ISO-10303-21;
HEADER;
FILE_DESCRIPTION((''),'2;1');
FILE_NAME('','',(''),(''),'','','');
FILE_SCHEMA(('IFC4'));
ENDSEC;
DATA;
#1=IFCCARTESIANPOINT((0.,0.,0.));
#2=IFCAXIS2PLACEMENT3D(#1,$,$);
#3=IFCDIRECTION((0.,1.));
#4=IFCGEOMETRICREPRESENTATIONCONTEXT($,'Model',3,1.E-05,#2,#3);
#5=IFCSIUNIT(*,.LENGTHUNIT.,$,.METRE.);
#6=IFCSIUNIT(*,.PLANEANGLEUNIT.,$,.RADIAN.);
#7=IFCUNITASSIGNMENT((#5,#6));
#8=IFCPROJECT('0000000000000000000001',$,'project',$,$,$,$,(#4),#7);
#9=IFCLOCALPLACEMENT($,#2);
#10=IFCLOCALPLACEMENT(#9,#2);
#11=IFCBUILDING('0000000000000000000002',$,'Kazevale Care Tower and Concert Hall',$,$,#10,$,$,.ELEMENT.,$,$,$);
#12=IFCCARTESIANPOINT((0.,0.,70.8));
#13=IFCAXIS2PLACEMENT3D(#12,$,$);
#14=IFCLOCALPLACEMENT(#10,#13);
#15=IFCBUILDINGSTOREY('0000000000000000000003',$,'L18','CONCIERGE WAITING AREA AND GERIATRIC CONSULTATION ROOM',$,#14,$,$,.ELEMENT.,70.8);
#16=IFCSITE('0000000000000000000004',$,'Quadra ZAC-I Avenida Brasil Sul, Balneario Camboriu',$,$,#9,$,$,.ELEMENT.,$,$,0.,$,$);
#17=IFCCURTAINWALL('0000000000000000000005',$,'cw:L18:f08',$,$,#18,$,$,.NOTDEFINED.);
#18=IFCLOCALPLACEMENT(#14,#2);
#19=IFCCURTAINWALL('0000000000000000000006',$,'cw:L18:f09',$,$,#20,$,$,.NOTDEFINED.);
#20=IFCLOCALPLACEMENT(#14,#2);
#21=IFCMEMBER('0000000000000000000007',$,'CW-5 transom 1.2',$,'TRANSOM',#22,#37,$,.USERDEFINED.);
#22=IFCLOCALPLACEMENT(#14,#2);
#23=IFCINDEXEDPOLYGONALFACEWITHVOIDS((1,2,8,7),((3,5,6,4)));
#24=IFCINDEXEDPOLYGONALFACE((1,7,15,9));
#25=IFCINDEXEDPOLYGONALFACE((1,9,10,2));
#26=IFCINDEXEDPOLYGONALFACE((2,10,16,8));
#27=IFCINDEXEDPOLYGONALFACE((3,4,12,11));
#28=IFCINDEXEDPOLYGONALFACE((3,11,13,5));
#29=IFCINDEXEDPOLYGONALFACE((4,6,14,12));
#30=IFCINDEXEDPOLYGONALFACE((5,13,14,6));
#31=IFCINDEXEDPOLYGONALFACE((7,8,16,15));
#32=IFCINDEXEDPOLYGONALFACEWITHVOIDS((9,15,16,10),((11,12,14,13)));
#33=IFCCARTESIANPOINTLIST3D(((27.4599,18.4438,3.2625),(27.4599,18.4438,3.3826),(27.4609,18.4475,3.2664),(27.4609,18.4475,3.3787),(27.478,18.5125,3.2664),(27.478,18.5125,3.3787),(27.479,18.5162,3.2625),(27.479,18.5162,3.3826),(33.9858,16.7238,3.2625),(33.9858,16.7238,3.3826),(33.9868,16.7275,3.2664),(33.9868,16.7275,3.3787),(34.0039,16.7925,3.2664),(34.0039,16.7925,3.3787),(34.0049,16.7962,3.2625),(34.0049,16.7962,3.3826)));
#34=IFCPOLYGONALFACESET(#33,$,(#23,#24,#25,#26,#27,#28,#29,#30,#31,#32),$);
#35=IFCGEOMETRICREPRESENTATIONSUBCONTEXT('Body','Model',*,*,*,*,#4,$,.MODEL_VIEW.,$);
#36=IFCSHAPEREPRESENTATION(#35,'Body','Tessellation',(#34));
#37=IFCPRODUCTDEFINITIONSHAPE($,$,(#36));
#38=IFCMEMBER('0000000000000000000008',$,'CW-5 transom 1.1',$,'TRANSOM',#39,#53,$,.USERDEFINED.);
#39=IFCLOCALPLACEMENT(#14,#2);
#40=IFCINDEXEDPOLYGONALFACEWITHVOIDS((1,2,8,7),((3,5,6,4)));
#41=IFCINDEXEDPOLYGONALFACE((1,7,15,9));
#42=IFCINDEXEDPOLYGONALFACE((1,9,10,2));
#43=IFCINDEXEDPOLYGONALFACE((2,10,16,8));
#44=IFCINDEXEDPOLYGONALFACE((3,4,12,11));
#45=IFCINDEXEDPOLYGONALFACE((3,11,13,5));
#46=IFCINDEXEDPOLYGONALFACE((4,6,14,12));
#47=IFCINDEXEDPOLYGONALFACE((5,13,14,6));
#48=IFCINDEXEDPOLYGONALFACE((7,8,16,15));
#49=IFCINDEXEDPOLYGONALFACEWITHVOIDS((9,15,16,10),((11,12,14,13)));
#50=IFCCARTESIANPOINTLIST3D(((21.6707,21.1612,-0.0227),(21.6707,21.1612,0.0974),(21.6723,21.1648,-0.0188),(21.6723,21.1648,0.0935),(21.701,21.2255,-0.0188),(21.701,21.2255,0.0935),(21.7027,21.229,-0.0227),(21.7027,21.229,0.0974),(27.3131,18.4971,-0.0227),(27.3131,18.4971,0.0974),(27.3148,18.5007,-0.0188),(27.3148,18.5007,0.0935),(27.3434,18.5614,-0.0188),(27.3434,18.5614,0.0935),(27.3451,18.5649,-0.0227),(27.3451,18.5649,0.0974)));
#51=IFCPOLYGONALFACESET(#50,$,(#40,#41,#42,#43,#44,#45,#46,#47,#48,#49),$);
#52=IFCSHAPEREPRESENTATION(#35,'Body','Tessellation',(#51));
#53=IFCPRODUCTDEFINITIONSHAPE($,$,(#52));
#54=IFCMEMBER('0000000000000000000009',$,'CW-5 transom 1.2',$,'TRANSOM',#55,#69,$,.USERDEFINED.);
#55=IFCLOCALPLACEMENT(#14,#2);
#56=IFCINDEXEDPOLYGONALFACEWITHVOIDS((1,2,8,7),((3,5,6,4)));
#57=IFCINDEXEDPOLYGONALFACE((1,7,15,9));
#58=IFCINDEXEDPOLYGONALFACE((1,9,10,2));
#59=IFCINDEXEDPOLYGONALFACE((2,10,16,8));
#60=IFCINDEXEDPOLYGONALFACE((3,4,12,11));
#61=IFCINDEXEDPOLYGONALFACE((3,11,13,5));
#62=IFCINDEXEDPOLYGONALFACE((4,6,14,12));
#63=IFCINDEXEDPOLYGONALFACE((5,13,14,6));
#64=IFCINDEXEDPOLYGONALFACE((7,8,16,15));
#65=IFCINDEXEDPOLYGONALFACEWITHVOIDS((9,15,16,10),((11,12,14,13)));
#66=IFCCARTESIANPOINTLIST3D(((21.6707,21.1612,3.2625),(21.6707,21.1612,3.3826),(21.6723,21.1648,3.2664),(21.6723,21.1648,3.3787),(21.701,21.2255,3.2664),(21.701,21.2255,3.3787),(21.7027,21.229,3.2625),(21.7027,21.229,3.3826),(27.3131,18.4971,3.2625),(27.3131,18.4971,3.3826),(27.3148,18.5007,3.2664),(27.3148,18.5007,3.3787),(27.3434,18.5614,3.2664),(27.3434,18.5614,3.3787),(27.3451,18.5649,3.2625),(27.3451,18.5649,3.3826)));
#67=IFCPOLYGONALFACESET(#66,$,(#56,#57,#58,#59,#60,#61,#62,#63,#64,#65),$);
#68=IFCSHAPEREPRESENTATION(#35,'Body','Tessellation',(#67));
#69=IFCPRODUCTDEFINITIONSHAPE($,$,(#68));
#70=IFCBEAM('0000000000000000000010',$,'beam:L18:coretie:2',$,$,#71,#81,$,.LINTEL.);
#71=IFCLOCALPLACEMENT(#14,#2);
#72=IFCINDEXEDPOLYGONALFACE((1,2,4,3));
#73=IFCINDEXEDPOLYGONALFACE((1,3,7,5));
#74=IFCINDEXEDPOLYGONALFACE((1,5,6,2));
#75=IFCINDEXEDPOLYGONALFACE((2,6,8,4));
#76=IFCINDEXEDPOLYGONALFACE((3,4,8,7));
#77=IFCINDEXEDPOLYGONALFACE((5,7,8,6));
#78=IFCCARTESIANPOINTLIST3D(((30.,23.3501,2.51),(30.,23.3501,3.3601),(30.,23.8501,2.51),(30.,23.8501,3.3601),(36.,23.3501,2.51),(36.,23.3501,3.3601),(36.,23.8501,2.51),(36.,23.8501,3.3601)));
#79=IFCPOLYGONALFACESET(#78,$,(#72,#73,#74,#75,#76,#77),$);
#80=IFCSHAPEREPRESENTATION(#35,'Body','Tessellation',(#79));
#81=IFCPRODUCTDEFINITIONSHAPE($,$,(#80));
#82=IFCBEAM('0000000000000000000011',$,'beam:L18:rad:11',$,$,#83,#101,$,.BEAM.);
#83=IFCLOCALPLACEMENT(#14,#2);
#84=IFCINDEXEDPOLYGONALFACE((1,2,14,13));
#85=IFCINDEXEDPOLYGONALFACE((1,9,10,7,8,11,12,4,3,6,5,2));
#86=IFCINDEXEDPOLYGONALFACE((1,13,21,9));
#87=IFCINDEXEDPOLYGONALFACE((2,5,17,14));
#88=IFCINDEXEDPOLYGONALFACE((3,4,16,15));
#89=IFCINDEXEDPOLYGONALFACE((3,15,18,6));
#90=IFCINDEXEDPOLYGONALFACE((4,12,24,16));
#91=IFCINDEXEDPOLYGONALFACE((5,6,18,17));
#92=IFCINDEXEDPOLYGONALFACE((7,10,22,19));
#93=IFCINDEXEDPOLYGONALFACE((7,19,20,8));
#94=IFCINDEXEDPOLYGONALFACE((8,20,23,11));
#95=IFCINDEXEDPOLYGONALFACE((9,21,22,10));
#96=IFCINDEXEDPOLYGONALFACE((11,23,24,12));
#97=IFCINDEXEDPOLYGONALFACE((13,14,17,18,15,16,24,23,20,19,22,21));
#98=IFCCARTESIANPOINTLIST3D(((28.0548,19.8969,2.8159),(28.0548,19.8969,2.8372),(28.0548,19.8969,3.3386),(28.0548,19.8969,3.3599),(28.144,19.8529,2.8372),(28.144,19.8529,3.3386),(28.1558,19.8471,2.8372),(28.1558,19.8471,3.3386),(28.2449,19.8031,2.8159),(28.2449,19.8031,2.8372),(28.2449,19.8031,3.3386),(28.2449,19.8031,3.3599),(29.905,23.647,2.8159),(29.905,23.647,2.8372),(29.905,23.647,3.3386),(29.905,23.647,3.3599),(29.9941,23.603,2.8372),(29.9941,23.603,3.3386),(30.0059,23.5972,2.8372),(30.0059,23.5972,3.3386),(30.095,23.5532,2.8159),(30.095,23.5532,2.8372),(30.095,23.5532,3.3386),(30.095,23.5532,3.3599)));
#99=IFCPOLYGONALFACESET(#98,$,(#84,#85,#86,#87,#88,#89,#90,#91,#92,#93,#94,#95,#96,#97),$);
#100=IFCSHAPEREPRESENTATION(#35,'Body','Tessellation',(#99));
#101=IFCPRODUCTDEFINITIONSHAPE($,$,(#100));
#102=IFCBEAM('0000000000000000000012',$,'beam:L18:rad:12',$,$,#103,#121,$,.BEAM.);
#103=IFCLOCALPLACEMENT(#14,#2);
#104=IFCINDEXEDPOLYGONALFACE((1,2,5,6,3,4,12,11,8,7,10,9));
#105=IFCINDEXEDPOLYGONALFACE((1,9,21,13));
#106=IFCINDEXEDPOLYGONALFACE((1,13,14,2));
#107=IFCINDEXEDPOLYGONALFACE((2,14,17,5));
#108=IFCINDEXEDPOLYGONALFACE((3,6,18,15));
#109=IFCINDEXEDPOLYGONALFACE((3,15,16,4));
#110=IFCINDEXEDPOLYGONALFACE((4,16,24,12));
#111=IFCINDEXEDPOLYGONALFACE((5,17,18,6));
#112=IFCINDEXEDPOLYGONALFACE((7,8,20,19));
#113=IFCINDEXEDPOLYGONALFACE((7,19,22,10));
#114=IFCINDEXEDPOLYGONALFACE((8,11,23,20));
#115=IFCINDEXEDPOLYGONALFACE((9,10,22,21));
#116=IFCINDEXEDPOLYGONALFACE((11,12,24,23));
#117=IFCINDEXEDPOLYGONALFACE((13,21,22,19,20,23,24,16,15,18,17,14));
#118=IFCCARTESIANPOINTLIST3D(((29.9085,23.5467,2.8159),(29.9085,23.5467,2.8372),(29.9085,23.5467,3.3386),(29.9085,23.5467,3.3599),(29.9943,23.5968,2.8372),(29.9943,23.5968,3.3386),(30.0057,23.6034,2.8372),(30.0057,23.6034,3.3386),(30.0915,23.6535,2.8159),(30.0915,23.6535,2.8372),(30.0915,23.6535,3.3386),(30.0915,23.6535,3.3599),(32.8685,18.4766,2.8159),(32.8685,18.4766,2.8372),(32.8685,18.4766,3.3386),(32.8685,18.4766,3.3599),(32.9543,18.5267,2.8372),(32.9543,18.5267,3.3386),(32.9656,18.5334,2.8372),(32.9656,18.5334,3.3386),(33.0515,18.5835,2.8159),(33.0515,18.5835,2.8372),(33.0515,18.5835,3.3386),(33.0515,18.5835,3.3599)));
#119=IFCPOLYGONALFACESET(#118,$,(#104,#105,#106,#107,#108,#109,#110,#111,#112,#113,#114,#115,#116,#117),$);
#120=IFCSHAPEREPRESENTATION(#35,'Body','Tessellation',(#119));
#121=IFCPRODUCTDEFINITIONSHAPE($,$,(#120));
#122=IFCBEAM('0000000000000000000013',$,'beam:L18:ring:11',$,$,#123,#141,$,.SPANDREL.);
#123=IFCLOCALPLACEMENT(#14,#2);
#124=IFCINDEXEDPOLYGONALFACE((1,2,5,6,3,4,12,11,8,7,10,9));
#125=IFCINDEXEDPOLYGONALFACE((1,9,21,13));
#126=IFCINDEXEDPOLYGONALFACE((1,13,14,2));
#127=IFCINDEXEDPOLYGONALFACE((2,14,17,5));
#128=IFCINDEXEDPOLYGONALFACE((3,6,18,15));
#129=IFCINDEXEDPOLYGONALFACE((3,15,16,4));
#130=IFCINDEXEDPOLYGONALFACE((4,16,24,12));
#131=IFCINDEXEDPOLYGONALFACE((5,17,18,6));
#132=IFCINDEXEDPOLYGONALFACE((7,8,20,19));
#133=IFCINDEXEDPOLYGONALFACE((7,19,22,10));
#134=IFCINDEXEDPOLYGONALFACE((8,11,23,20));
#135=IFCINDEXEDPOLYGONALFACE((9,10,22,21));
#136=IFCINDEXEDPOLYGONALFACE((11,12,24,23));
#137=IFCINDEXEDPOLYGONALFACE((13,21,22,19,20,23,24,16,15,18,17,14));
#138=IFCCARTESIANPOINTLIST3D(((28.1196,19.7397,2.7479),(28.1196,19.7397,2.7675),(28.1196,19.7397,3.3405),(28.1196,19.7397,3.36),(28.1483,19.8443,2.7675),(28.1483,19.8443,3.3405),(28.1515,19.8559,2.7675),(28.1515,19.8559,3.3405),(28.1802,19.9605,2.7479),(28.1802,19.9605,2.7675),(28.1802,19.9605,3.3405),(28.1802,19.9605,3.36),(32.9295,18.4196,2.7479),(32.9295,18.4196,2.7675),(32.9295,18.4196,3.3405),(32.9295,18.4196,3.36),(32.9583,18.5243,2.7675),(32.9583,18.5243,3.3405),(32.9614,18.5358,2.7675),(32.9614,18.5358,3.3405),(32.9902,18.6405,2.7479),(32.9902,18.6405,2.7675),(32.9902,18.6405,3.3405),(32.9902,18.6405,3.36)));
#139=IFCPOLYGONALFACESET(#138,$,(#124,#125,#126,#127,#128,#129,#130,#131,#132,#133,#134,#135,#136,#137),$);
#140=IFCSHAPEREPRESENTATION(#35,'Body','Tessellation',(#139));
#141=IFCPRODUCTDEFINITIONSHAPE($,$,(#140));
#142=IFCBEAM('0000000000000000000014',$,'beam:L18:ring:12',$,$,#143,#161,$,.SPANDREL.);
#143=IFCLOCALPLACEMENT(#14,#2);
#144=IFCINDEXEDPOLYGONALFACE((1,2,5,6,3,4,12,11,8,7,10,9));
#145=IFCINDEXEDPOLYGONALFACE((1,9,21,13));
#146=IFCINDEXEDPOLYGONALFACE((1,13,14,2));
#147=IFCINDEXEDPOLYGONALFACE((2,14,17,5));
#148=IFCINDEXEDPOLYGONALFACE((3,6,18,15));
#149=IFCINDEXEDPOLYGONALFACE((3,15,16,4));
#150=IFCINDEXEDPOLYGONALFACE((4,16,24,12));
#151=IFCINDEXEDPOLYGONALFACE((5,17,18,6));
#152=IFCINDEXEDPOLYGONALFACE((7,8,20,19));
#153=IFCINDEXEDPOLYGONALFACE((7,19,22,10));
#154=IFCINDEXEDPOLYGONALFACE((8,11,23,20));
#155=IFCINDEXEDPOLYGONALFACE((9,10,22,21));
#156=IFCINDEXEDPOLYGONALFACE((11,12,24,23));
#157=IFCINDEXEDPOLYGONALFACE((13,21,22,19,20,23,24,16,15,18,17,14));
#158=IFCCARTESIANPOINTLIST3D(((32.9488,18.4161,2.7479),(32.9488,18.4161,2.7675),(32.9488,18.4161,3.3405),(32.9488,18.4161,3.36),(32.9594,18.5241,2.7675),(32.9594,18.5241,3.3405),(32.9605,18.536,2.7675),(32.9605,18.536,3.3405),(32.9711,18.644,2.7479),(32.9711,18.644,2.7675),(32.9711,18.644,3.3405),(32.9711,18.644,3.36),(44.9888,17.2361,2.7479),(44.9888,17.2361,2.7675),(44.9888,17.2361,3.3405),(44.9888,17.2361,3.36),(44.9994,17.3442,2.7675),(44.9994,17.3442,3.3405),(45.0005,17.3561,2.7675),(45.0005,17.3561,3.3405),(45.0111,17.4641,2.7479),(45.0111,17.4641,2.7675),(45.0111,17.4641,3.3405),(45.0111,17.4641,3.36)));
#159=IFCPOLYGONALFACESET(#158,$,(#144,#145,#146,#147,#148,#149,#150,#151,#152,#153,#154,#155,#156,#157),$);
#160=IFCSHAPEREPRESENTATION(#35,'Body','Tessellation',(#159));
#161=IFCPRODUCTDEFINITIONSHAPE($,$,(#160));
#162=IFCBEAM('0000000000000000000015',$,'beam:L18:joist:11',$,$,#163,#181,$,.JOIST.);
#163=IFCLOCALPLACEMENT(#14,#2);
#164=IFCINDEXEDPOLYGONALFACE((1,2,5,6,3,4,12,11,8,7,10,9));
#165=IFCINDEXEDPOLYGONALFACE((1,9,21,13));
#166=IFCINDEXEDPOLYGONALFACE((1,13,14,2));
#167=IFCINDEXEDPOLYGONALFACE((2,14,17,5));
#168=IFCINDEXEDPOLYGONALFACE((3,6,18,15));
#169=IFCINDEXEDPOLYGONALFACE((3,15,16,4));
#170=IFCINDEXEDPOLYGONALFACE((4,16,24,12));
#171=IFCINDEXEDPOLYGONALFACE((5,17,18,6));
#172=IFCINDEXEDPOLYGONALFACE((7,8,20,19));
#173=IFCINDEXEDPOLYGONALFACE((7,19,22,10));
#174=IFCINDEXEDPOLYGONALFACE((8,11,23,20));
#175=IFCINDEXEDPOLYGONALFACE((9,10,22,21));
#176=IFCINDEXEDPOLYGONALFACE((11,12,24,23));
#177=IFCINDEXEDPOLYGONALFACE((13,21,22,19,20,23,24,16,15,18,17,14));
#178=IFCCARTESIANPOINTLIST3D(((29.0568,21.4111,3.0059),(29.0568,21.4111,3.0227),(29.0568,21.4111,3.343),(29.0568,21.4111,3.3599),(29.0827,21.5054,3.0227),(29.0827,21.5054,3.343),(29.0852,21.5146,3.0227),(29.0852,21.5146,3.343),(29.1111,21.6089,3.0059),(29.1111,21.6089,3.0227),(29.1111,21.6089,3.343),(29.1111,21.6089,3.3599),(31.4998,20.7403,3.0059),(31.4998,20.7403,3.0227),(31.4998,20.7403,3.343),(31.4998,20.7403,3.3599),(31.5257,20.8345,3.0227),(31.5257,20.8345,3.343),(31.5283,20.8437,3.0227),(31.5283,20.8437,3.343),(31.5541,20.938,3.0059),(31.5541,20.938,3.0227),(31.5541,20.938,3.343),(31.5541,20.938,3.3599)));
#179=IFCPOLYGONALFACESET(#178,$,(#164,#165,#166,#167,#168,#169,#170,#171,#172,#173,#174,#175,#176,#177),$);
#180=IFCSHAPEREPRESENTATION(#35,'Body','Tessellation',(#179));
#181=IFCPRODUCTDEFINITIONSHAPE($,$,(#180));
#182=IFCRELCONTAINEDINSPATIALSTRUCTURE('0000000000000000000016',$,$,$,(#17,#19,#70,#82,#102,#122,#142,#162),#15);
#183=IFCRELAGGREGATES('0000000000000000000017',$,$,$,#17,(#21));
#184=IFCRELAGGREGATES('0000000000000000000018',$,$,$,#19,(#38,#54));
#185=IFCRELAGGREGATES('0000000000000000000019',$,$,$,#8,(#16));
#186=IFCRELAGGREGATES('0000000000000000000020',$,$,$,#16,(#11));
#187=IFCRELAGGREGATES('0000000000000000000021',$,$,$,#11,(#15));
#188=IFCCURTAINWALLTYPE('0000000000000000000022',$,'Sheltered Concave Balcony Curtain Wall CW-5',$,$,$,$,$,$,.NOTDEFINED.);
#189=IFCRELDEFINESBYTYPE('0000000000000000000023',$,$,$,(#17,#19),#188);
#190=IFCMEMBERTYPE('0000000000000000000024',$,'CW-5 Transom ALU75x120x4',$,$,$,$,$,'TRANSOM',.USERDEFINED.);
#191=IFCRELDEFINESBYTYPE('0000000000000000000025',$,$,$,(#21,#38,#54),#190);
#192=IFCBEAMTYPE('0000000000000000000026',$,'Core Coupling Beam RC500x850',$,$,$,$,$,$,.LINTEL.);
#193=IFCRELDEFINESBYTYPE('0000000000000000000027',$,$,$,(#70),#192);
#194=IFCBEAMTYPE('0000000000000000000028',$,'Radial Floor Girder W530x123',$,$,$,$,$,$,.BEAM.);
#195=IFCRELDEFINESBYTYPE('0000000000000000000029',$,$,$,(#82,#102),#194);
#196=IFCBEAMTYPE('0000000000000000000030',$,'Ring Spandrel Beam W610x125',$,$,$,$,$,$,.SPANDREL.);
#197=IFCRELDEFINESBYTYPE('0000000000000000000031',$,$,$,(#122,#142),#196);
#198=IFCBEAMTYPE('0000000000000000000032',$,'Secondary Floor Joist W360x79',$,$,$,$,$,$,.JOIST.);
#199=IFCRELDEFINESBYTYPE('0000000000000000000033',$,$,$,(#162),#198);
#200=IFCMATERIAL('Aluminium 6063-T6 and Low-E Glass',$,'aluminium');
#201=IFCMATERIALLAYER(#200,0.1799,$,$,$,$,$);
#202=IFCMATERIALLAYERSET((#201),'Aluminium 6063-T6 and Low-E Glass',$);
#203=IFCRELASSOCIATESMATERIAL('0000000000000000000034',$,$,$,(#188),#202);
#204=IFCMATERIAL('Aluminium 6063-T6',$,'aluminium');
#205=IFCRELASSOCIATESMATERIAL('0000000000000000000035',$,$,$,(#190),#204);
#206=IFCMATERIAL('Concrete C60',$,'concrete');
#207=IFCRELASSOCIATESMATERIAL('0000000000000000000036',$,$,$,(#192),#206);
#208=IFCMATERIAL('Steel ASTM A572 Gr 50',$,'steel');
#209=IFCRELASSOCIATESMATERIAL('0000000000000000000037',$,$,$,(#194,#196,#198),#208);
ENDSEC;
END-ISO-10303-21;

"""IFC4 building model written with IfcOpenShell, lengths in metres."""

from ifc_helpers import new_model, si_unit, direction, frame, origin, origin_2d, place, context, subcontext, project, spatial, rectangle, hollow_rectangle, i_section, extrude, material, layer, layer_set, material_profile, profile_set, type_object, element, aggregate, save


model = new_model("IFC4")

# Units and contexts
model_context = context("Model", 3, precision=1e-05, world=origin(), true_north=direction((0.0, 1.0)))
body_context = subcontext(model_context, "Body", "Model", "MODEL_VIEW")
ifc_project = project(units=[si_unit("LENGTHUNIT", "METRE"), si_unit("PLANEANGLEUNIT", "RADIAN")], contexts=[model_context])

# Site, building, storey
site_placement = place(None, origin())
site = spatial("IfcSite", under=ifc_project, at=site_placement, Name="Quadra ZAC-I Avenida Brasil Sul, Balneario Camboriu", CompositionType="ELEMENT", RefElevation=0.0)
building_placement = place(site_placement, origin())
building = spatial("IfcBuilding", under=site, at=building_placement, Name="Kazevale Care Tower and Concert Hall", CompositionType="ELEMENT")
storey_placement = place(building_placement, frame((0.0, 0.0, 70.8)))
storey = spatial("IfcBuildingStorey", under=building, at=storey_placement, Name="L18", Description="CONCIERGE WAITING AREA AND GERIATRIC CONSULTATION ROOM", CompositionType="ELEMENT", Elevation=70.8)

# Curtain wall
ifc_material_1 = material(Name="Aluminium 6063-T6 and Low-E Glass", Category="aluminium")
ifc_layer_1 = layer(ifc_material_1, 0.1799)
ifc_layer_set_1 = layer_set([ifc_layer_1], Name="Aluminium 6063-T6 and Low-E Glass")
curtain_wall_type = type_object("IfcCurtainWallType", Name="Sheltered Concave Balcony Curtain Wall CW-5", PredefinedType="NOTDEFINED", material=ifc_layer_set_1)
curtain_wall_1_placement = place(storey_placement, origin())
curtain_wall_1 = element("IfcCurtainWall", 1, at=curtain_wall_1_placement, inside=storey, type_object=curtain_wall_type, Name="cw:L18:f08", PredefinedType="NOTDEFINED")
ifc_material_2 = material(Name="Aluminium 6063-T6", Category="aluminium")

# Curtain wall
curtain_wall_2_placement = place(storey_placement, origin())
curtain_wall_2 = element("IfcCurtainWall", 2, at=curtain_wall_2_placement, inside=storey, type_object=curtain_wall_type, Name="cw:L18:f09", PredefinedType="NOTDEFINED")

# Members
ifc_material_profile_1 = material_profile(ifc_material_2, hollow_rectangle(XDim=0.075, YDim=0.1201, WallThickness=0.0039, at=origin_2d()), Name="ALU75x120x4")
ifc_profile_set_1 = profile_set([ifc_material_profile_1], Name="Aluminium 6063-T6")
member_type_1 = type_object("IfcMemberType", Name="CW-5 Transom ALU75x120x4", ElementType="TRANSOM", PredefinedType="USERDEFINED", material=ifc_profile_set_1)
member_1_placement = place(storey_placement, frame((33.9954, 16.76, 3.3225), z_axis=(-0.966978, 0.254858, 0.0), x_axis=(-0.254858, -0.966978, 0.0)))
member_1 = element("IfcMember", 3, at=member_1_placement, type_object=member_type_1, Name="CW-5 transom 1.2", ObjectType="TRANSOM", PredefinedType="USERDEFINED", context=body_context, shape_type="SweptSolid", body=[
    extrude(hollow_rectangle(XDim=0.075, YDim=0.1201, WallThickness=0.0039, at=origin_2d()), origin(), (0.0, 0.0, 1.0), 6.7488),
])
member_2_placement = place(storey_placement, frame((27.3291, 18.531, 0.0374), z_axis=(-0.904272, 0.426957, 0.0), x_axis=(-0.426957, -0.904272, 0.0)))
member_2 = element("IfcMember", 4, at=member_2_placement, type_object=member_type_1, Name="CW-5 transom 1.1", ObjectType="TRANSOM", PredefinedType="USERDEFINED", context=body_context, shape_type="SweptSolid", body=[
    extrude(hollow_rectangle(XDim=0.075, YDim=0.1201, WallThickness=0.0039, at=origin_2d()), origin(), (0.0, 0.0, 1.0), 6.2397),
])
member_3_placement = place(storey_placement, frame((27.3291, 18.531, 3.3225), z_axis=(-0.904272, 0.426957, 0.0), x_axis=(-0.426957, -0.904272, 0.0)))
member_3 = element("IfcMember", 5, at=member_3_placement, type_object=member_type_1, Name="CW-5 transom 1.2", ObjectType="TRANSOM", PredefinedType="USERDEFINED", context=body_context, shape_type="SweptSolid", body=[
    extrude(hollow_rectangle(XDim=0.075, YDim=0.1201, WallThickness=0.0039, at=origin_2d()), origin(), (0.0, 0.0, 1.0), 6.2397),
])

# Beams
ifc_material_3 = material(Name="Concrete C60", Category="concrete")
ifc_material_profile_2 = material_profile(ifc_material_3, rectangle(XDim=0.5, YDim=0.8501, at=origin_2d()), Name="RC-B500x850")
ifc_profile_set_2 = profile_set([ifc_material_profile_2], Name="Concrete C60")
beam_type_1 = type_object("IfcBeamType", Name="Core Coupling Beam RC500x850", PredefinedType="LINTEL", material=ifc_profile_set_2)
beam_1_placement = place(storey_placement, frame((30.0, 23.6001, 2.9351), z_axis=(1.0, 0.0, 0.0), x_axis=(0.0, 1.0, 0.0)))
element("IfcBeam", 6, at=beam_1_placement, inside=storey, type_object=beam_type_1, Name="beam:L18:coretie:2", PredefinedType="LINTEL", context=body_context, shape_type="SweptSolid", body=[
    extrude(rectangle(XDim=0.5, YDim=0.8501, at=origin_2d()), origin(), (0.0, 0.0, 1.0), 6.0),
])
ifc_material_4 = material(Name="Steel ASTM A572 Gr 50", Category="steel")
ifc_material_profile_3 = material_profile(ifc_material_4, i_section(OverallWidth=0.2119, OverallDepth=0.5439, WebThickness=0.0132, FlangeThickness=0.0212, at=origin_2d()), Name="W530x123")
ifc_profile_set_3 = profile_set([ifc_material_profile_3], Name="Steel ASTM A572 Gr 50")
beam_type_2 = type_object("IfcBeamType", Name="Radial Floor Girder W530x123", PredefinedType="BEAM", material=ifc_profile_set_3)
beam_2_placement = place(storey_placement, frame((30.0, 23.6001, 3.0879), z_axis=(-0.442443, -0.896797, 0.0), x_axis=(0.896797, -0.442443, 0.0)))
element("IfcBeam", 7, at=beam_2_placement, inside=storey, type_object=beam_type_2, Name="beam:L18:rad:11", PredefinedType="BEAM", context=body_context, shape_type="SweptSolid", body=[
    extrude(i_section(OverallWidth=0.2119, OverallDepth=0.5439, WebThickness=0.0132, FlangeThickness=0.0212, at=origin_2d()), origin(), (0.0, 0.0, 1.0), 4.1816),
])
beam_3_placement = place(storey_placement, frame((30.0, 23.6001, 3.0879), z_axis=(0.504179, -0.863599, 0.0), x_axis=(0.863599, 0.504179, 0.0)))
element("IfcBeam", 8, at=beam_3_placement, inside=storey, type_object=beam_type_2, Name="beam:L18:rad:12", PredefinedType="BEAM", context=body_context, shape_type="SweptSolid", body=[
    extrude(i_section(OverallWidth=0.2119, OverallDepth=0.5439, WebThickness=0.0132, FlangeThickness=0.0212, at=origin_2d()), origin(), (0.0, 0.0, 1.0), 5.8708),
])
ifc_material_profile_4 = material_profile(ifc_material_4, i_section(OverallWidth=0.229, OverallDepth=0.6121, WebThickness=0.012, FlangeThickness=0.0195, at=origin_2d()), Name="W610x125")
ifc_profile_set_4 = profile_set([ifc_material_profile_4], Name="Steel ASTM A572 Gr 50")
beam_type_3 = type_object("IfcBeamType", Name="Ring Spandrel Beam W610x125", PredefinedType="SPANDREL", material=ifc_profile_set_4)
beam_4_placement = place(storey_placement, frame((28.1499, 19.8501, 3.054), z_axis=(0.964344, -0.264654, 0.0), x_axis=(0.264654, 0.964344, 0.0)))
element("IfcBeam", 9, at=beam_4_placement, inside=storey, type_object=beam_type_3, Name="beam:L18:ring:11", PredefinedType="SPANDREL", context=body_context, shape_type="SweptSolid", body=[
    extrude(i_section(OverallWidth=0.229, OverallDepth=0.6121, WebThickness=0.012, FlangeThickness=0.0195, at=origin_2d()), origin(), (0.0, 0.0, 1.0), 4.9878),
])
beam_5_placement = place(storey_placement, frame((32.96, 18.53, 3.054), z_axis=(0.995232, -0.097533, 0.0), x_axis=(0.097533, 0.995232, 0.0)))
element("IfcBeam", 10, at=beam_5_placement, inside=storey, type_object=beam_type_3, Name="beam:L18:ring:12", PredefinedType="SPANDREL", context=body_context, shape_type="SweptSolid", body=[
    extrude(i_section(OverallWidth=0.229, OverallDepth=0.6121, WebThickness=0.012, FlangeThickness=0.0195, at=origin_2d()), origin(), (0.0, 0.0, 1.0), 12.0977),
])
ifc_material_profile_5 = material_profile(ifc_material_4, i_section(OverallWidth=0.2051, OverallDepth=0.354, WebThickness=0.0095, FlangeThickness=0.0168, at=origin_2d()), Name="W360x79")
ifc_profile_set_5 = profile_set([ifc_material_profile_5], Name="Steel ASTM A572 Gr 50")
beam_type_4 = type_object("IfcBeamType", Name="Secondary Floor Joist W360x79", PredefinedType="JOIST", material=ifc_profile_set_5)
beam_6_placement = place(storey_placement, frame((29.084, 21.51, 3.1829), z_axis=(0.964302, -0.264805, 0.0), x_axis=(0.264805, 0.964302, 0.0)))
element("IfcBeam", 11, at=beam_6_placement, inside=storey, type_object=beam_type_4, Name="beam:L18:joist:11", PredefinedType="JOIST", context=body_context, shape_type="SweptSolid", body=[
    extrude(i_section(OverallWidth=0.2051, OverallDepth=0.354, WebThickness=0.0095, FlangeThickness=0.0168, at=origin_2d()), origin(), (0.0, 0.0, 1.0), 2.5334),
])

aggregate(curtain_wall_1, [member_1])
aggregate(curtain_wall_2, [member_2, member_3])

save(model, "model.ifc")
